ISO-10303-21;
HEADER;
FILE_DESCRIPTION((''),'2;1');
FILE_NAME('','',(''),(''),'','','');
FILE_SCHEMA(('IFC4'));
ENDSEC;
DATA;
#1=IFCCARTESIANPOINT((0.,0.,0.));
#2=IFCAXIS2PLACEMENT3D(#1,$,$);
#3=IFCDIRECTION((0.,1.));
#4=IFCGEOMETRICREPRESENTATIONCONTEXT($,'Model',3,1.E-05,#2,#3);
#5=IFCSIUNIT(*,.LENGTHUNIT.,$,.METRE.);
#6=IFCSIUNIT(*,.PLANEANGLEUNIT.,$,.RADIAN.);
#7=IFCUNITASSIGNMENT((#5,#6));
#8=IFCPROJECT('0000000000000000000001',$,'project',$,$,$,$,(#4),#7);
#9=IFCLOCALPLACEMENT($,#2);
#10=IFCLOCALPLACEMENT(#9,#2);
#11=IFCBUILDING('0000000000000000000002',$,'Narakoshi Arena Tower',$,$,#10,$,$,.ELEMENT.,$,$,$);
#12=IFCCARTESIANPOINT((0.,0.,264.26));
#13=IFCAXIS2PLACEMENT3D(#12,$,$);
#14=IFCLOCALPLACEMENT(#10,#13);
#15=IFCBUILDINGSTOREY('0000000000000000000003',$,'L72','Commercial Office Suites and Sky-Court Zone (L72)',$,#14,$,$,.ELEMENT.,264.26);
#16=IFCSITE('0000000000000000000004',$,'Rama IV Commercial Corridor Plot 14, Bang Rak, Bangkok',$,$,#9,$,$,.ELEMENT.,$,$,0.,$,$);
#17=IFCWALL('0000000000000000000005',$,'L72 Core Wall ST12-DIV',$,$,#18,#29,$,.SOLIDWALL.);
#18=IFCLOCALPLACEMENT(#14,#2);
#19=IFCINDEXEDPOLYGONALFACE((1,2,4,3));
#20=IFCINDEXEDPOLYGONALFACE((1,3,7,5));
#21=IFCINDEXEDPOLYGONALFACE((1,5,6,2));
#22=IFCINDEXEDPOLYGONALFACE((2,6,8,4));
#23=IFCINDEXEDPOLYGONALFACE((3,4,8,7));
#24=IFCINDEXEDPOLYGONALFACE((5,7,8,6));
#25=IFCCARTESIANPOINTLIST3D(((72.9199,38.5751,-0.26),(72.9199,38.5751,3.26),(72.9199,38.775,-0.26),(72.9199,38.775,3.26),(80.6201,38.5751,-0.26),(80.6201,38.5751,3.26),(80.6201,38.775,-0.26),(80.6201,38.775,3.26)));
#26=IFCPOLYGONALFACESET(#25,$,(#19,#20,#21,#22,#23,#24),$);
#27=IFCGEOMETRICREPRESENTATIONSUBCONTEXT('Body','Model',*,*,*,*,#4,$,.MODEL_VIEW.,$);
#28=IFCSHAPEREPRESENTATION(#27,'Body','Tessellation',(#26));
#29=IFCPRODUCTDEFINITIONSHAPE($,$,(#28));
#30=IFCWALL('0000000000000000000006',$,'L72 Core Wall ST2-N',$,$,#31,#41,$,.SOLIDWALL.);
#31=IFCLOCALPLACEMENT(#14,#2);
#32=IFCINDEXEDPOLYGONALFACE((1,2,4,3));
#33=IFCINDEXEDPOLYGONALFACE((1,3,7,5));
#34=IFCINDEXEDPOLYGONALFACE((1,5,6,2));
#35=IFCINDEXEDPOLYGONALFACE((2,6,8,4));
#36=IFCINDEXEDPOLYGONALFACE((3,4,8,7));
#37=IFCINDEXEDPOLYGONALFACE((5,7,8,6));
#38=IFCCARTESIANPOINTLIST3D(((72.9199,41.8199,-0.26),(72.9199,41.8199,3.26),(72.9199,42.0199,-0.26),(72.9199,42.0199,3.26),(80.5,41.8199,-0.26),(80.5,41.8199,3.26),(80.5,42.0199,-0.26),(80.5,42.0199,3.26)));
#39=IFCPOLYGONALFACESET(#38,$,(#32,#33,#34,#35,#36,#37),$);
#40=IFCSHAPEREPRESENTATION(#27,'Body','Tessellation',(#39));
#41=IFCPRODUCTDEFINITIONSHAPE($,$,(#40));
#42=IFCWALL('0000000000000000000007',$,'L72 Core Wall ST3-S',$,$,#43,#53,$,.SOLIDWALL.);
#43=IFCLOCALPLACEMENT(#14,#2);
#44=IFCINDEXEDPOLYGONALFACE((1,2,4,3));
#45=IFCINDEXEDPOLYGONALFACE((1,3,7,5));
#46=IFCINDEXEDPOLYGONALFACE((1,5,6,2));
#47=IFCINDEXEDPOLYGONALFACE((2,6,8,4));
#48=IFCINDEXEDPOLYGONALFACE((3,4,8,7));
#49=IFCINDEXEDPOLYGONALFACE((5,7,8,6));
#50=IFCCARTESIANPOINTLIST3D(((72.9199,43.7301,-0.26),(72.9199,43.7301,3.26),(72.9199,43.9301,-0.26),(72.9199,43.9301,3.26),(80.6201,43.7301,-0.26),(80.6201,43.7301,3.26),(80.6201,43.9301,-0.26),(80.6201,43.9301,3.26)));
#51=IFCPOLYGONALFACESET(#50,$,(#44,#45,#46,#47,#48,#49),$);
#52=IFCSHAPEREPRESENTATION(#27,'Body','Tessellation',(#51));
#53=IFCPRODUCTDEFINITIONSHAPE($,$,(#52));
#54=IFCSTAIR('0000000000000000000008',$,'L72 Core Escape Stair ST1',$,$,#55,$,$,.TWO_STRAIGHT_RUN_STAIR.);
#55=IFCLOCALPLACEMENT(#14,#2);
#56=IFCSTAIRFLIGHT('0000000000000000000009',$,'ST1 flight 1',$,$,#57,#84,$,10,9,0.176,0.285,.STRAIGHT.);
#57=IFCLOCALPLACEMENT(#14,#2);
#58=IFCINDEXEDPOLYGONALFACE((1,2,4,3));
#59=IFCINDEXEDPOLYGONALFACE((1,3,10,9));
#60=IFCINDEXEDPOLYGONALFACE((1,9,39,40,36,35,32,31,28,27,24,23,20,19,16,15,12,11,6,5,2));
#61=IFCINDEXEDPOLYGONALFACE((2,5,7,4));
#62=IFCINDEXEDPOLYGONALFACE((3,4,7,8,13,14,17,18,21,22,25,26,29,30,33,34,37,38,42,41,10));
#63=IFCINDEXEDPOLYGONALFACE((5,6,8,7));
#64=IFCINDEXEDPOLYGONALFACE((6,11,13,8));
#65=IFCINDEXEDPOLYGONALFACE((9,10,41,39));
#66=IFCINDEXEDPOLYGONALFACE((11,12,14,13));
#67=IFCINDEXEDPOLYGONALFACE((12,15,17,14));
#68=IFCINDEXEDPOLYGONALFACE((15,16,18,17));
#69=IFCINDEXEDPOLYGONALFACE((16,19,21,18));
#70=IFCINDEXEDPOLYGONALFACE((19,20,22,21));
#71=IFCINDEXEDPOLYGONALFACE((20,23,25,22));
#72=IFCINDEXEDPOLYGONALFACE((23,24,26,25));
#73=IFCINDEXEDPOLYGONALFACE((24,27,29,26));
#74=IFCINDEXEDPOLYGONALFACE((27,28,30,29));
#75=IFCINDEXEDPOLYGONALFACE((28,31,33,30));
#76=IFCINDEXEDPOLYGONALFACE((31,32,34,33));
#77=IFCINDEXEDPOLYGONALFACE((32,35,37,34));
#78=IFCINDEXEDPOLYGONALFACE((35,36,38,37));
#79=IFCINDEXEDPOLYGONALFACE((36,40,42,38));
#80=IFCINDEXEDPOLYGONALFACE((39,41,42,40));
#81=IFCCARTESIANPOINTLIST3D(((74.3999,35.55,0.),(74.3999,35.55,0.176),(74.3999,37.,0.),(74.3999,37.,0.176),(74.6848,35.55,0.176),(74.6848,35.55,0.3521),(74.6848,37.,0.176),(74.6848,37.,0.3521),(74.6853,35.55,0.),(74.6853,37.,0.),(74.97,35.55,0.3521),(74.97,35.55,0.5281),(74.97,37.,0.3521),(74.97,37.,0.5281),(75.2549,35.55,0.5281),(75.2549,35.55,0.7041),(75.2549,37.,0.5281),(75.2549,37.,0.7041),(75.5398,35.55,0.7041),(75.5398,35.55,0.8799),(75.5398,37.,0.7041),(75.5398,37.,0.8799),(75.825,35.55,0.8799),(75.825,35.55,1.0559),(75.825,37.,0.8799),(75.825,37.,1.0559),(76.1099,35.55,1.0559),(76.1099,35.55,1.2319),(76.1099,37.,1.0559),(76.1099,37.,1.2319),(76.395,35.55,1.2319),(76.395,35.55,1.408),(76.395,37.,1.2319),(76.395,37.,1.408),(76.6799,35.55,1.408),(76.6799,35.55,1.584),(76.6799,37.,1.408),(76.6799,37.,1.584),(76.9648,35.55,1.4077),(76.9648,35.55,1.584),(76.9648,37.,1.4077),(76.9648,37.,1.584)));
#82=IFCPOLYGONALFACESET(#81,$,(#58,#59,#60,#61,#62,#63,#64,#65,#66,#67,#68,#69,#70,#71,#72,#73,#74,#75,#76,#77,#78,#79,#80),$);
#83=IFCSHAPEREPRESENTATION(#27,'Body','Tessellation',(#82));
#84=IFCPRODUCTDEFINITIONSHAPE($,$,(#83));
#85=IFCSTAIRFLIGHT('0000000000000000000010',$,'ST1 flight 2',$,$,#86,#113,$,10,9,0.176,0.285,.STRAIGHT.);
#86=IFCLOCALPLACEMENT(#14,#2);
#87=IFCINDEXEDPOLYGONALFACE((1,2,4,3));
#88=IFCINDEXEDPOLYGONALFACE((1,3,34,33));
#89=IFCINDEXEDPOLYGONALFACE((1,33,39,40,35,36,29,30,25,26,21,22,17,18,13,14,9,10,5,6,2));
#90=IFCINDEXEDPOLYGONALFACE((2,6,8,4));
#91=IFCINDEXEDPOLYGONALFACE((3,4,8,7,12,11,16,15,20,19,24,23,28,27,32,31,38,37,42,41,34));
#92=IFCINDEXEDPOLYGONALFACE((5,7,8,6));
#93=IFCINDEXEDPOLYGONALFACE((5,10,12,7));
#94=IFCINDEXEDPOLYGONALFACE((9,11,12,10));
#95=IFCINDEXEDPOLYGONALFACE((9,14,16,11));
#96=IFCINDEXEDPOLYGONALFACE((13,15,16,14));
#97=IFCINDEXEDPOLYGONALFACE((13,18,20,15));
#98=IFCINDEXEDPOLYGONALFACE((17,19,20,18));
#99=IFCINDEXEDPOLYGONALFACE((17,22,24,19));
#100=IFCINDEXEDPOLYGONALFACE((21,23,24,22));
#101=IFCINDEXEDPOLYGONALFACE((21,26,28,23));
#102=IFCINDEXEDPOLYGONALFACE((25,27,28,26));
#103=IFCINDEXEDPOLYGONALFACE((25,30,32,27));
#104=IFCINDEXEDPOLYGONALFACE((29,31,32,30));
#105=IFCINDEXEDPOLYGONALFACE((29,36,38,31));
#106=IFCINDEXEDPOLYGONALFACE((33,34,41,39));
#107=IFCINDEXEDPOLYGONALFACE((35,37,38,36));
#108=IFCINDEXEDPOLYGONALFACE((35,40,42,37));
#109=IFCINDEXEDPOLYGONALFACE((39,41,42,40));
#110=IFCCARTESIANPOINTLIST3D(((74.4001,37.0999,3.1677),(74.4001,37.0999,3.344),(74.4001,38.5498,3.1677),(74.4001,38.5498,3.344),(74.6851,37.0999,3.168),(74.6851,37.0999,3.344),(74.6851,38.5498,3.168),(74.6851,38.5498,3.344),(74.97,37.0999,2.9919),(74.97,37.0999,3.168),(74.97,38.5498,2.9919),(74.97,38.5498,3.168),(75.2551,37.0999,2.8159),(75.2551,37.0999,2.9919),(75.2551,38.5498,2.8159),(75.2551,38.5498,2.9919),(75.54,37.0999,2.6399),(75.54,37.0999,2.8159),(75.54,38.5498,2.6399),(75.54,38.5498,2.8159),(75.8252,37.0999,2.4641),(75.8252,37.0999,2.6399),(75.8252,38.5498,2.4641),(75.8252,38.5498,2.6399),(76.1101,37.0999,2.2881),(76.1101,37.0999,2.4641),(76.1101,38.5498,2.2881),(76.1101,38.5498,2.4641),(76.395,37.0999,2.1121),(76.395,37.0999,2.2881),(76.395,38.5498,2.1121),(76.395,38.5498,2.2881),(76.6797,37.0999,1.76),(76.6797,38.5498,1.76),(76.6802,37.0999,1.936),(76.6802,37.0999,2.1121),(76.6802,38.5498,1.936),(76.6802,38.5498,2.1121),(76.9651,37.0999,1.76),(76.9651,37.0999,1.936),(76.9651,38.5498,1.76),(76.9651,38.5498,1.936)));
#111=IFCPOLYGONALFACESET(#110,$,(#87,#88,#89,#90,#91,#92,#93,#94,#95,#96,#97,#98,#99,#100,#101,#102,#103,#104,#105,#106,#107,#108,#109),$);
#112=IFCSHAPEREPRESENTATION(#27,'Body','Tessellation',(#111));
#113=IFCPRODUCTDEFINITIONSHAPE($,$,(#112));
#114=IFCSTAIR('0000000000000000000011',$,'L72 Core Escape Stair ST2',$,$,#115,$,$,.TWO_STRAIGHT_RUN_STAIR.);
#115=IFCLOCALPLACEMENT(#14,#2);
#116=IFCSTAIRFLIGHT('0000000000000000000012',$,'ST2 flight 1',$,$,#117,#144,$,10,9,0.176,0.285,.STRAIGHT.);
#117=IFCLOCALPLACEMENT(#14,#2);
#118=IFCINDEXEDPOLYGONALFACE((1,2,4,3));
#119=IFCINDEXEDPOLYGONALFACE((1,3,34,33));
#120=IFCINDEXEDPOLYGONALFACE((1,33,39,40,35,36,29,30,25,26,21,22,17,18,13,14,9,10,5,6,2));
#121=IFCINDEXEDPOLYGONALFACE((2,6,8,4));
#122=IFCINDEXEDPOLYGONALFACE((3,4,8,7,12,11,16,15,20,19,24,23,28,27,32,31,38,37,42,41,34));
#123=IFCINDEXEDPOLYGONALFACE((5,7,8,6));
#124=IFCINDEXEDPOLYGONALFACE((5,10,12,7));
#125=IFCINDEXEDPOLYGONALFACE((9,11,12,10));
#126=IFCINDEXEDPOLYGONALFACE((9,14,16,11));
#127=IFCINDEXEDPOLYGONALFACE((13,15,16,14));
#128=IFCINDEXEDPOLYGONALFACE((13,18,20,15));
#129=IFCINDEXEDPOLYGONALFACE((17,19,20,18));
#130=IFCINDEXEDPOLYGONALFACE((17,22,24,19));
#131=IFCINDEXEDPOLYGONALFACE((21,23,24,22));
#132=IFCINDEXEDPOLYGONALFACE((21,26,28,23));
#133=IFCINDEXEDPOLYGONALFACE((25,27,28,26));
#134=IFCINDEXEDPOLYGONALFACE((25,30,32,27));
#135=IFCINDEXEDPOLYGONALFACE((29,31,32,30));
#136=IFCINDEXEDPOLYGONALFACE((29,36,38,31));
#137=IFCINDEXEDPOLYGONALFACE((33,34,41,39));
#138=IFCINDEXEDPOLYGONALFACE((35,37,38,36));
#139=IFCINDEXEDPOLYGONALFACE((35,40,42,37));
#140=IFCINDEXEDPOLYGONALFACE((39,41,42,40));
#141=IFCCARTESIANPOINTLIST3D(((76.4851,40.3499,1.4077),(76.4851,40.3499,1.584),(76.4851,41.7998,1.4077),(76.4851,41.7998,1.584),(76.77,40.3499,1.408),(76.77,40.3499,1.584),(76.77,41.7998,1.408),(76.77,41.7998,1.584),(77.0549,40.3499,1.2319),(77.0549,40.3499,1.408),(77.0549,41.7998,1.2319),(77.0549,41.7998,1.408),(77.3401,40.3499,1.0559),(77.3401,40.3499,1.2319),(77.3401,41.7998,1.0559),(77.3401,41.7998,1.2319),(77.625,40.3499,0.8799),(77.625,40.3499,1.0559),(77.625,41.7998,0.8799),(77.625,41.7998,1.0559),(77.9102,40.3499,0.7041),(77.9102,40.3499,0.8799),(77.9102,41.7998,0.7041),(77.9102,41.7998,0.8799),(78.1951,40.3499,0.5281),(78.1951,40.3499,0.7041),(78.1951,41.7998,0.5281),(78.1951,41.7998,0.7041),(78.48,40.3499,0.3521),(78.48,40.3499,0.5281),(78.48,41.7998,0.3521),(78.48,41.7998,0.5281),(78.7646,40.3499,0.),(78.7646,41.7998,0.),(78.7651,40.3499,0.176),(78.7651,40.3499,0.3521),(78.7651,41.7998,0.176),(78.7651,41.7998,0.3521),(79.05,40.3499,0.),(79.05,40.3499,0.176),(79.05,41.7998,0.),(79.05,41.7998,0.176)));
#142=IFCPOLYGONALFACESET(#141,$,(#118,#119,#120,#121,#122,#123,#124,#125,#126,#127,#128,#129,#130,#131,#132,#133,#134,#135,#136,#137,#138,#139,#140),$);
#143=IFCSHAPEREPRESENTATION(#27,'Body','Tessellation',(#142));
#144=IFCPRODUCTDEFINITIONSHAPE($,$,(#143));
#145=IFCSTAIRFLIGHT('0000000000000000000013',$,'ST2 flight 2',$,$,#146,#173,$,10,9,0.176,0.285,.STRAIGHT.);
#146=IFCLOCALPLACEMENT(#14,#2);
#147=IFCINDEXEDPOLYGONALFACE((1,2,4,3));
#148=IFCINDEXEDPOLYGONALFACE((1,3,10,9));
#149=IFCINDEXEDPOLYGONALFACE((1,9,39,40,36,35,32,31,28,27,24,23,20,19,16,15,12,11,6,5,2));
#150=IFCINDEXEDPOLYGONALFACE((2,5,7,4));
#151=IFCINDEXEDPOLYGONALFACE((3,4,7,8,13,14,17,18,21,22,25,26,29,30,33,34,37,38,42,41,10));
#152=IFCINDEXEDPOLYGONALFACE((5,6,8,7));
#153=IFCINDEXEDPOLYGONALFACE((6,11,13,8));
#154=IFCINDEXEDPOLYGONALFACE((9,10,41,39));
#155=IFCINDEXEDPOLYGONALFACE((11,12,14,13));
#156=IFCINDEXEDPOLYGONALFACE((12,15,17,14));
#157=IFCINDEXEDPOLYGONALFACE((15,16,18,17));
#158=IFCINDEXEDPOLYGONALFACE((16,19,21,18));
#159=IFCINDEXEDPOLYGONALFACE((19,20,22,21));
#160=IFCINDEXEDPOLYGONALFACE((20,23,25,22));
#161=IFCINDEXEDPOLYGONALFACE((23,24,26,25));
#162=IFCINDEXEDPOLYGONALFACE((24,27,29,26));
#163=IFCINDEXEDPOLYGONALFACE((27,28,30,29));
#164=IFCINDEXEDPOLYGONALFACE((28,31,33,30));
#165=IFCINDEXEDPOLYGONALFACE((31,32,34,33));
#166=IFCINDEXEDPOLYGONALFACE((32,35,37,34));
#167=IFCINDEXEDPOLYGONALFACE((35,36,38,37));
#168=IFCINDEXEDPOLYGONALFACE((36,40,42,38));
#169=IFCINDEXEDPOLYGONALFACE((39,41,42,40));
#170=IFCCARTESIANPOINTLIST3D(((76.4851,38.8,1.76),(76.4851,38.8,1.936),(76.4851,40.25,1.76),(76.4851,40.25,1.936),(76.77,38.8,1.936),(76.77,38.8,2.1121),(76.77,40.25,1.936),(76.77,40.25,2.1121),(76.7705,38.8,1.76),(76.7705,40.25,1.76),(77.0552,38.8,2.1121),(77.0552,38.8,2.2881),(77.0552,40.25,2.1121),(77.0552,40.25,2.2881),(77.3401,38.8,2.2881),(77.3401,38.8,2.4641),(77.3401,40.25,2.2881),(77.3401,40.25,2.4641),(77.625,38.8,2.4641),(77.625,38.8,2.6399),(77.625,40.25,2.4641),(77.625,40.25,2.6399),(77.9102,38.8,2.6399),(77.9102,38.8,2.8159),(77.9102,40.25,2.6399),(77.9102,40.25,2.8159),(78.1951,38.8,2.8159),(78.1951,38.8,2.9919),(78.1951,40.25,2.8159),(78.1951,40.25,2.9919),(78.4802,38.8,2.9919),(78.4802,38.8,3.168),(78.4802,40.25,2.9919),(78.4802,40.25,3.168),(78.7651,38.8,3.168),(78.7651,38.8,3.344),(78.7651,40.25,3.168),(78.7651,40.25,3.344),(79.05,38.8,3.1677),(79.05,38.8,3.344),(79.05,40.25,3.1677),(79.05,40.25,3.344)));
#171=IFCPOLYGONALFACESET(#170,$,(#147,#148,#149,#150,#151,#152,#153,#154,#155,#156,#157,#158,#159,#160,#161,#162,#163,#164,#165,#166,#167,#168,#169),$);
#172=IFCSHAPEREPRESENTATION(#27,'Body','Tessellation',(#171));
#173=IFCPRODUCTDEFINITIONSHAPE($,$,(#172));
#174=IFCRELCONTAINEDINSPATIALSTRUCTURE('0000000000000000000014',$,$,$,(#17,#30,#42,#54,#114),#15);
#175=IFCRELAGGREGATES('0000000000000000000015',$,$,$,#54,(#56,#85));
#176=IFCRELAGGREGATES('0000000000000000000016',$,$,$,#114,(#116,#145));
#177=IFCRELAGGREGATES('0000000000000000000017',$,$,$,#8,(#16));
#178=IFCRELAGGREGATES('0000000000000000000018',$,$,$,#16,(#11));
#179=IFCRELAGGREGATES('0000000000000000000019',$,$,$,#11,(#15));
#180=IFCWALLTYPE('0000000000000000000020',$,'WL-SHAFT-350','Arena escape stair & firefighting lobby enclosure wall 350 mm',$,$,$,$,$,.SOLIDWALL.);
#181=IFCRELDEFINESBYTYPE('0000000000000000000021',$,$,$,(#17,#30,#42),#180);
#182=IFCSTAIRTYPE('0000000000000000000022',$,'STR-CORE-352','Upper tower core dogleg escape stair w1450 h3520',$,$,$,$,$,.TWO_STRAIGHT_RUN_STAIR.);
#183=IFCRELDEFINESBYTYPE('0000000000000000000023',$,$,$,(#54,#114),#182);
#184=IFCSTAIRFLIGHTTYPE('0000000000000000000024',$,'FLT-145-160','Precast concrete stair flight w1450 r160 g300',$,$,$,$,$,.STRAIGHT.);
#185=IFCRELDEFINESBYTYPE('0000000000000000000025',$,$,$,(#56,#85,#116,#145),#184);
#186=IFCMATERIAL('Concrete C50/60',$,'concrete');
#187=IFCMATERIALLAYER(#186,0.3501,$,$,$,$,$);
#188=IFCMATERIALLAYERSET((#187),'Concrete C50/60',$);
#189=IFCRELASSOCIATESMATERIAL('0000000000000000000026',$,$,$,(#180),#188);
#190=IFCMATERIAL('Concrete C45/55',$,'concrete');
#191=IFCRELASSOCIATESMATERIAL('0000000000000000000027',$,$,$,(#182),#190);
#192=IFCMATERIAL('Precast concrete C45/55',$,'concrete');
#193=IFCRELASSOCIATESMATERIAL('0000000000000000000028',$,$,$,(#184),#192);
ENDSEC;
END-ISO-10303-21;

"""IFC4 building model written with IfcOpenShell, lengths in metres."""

from ifc_helpers import new_model, si_unit, direction, frame, frame_2d, origin, place, context, subcontext, project, spatial, polyline, rectangle, outline, extrude, material, layer, layer_set, type_object, element, aggregate, save


model = new_model("IFC4")

# Units and contexts
model_context = context("Model", 3, precision=1e-05, world=origin(), true_north=direction((0.0, 1.0)))
body_context = subcontext(model_context, "Body", "Model", "MODEL_VIEW")
ifc_project = project(units=[si_unit("LENGTHUNIT", "METRE"), si_unit("PLANEANGLEUNIT", "RADIAN")], contexts=[model_context])

# Site, building, storey
site_placement = place(None, origin())
site = spatial("IfcSite", under=ifc_project, at=site_placement, Name="Rama IV Commercial Corridor Plot 14, Bang Rak, Bangkok", CompositionType="ELEMENT", RefElevation=0.0)
building_placement = place(site_placement, origin())
building = spatial("IfcBuilding", under=site, at=building_placement, Name="Narakoshi Arena Tower", CompositionType="ELEMENT")
storey_placement = place(building_placement, frame((0.0, 0.0, 264.26)))
storey = spatial("IfcBuildingStorey", under=building, at=storey_placement, Name="L72", Description="Commercial Office Suites and Sky-Court Zone (L72)", CompositionType="ELEMENT", Elevation=264.26)

# Shared definitions
ifc_material_1 = material(Name="Concrete C50/60", Category="concrete")

# Shared definitions
ifc_material_2 = material(Name="Precast concrete C45/55", Category="concrete")

# Walls
ifc_layer_1 = layer(ifc_material_1, 0.3501)
ifc_layer_set_1 = layer_set([ifc_layer_1], Name="Concrete C50/60")
wall_type_1 = type_object("IfcWallType", Name="WL-SHAFT-350", Description="Arena escape stair & firefighting lobby enclosure wall 350 mm", PredefinedType="SOLIDWALL", material=ifc_layer_set_1)
for number, where, z_axis, x_axis, name in (
    (1, (72.9199, 38.675, -0.26), (0.0, 0.0, 1.0), (1.0, 0.0, 0.0), "L72 Core Wall ST12-DIV"),
):
    element("IfcWall", number, at=place(storey_placement, frame(where, z_axis=z_axis, x_axis=x_axis)), inside=storey, type_object=wall_type_1, Name=name, PredefinedType="SOLIDWALL", context=body_context, shape_type="SweptSolid", body=[
        extrude(rectangle(XDim=7.7002, YDim=0.2, at=frame_2d((3.8501, 0.0))), origin(), (0.0, 0.0, 1.0), 3.52),
    ])
wall_1_placement = place(storey_placement, frame((72.9199, 41.9199, -0.26), z_axis=(0.0, 0.0, 1.0), x_axis=(1.0, 0.0, 0.0)))
element("IfcWall", 2, at=wall_1_placement, inside=storey, type_object=wall_type_1, Name="L72 Core Wall ST2-N", PredefinedType="SOLIDWALL", context=body_context, shape_type="SweptSolid", body=[
    extrude(rectangle(XDim=7.5801, YDim=0.2, at=frame_2d((3.79, 0.0))), origin(), (0.0, 0.0, 1.0), 3.52),
])
wall_2_placement = place(storey_placement, frame((72.9199, 43.8301, -0.26), z_axis=(0.0, 0.0, 1.0), x_axis=(1.0, 0.0, 0.0)))
element("IfcWall", 3, at=wall_2_placement, inside=storey, type_object=wall_type_1, Name="L72 Core Wall ST3-S", PredefinedType="SOLIDWALL", context=body_context, shape_type="SweptSolid", body=[
    extrude(rectangle(XDim=7.7002, YDim=0.2, at=frame_2d((3.8501, 0.0))), origin(), (0.0, 0.0, 1.0), 3.52),
])

# Stairs, stair flights
ifc_material_3 = material(Name="Concrete C45/55", Category="concrete")
stair_type = type_object("IfcStairType", Name="STR-CORE-352", Description="Upper tower core dogleg escape stair w1450 h3520", PredefinedType="TWO_STRAIGHT_RUN_STAIR", material=ifc_material_3)
stair_1_placement = place(storey_placement, origin())
stair_1 = element("IfcStair", 4, at=stair_1_placement, inside=storey, type_object=stair_type, Name="L72 Core Escape Stair ST1", PredefinedType="TWO_STRAIGHT_RUN_STAIR")
stair_flight_type = type_object("IfcStairFlightType", Name="FLT-145-160", Description="Precast concrete stair flight w1450 r160 g300", PredefinedType="STRAIGHT", material=ifc_material_2)
stair_flight_1_placement = place(storey_placement, frame((74.3999, 36.2749, 0.0), z_axis=(0.0, 0.0, 1.0), x_axis=(1.0, 0.0, 0.0)))
stair_flight_1 = element("IfcStairFlight", 5, at=stair_flight_1_placement, type_object=stair_flight_type, Name="ST1 flight 1", NumberOfRisers=10, NumberOfTreads=9, PredefinedType="STRAIGHT", RiserHeight=0.176, TreadLength=0.285, context=body_context, shape_type="SweptSolid", body=[
    extrude(outline(polyline([(0.0, 0.0), (0.0, 0.176), (0.2849, 0.176), (0.2849, 0.3521), (0.5701, 0.3521), (0.5701, 0.5281), (0.855, 0.5281), (0.855, 0.7041), (1.1399, 0.7041), (1.1399, 0.8799), (1.425, 0.8799), (1.425, 1.0559), (1.71, 1.0559), (1.71, 1.2319), (1.9951, 1.2319), (1.9951, 1.408), (2.28, 1.408), (2.28, 1.584), (2.5649, 1.584), (2.5649, 1.76), (2.5649, 1.4077), (0.2854, 0.0), (0.0, 0.0)])), frame((0.0, 0.7251, 0.0), z_axis=(0.0, -1.0, 0.0), x_axis=(1.0, 0.0, 0.0)), (0.0, 0.0, 1.0), 1.45),
])
stair_flight_2_placement = place(storey_placement, frame((76.9651, 37.825, 1.76), z_axis=(0.0, 0.0, 1.0), x_axis=(-1.0, 0.0, 0.0)))
stair_flight_2 = element("IfcStairFlight", 6, at=stair_flight_2_placement, type_object=stair_flight_type, Name="ST1 flight 2", NumberOfRisers=10, NumberOfTreads=9, PredefinedType="STRAIGHT", RiserHeight=0.176, TreadLength=0.285, context=body_context, shape_type="SweptSolid", body=[
    extrude(outline(polyline([(0.0, 0.0), (0.0, 0.176), (0.2849, 0.176), (0.2849, 0.3521), (0.5701, 0.3521), (0.5701, 0.5281), (0.855, 0.5281), (0.855, 0.7041), (1.1399, 0.7041), (1.1399, 0.8799), (1.425, 0.8799), (1.425, 1.0559), (1.71, 1.0559), (1.71, 1.2319), (1.9951, 1.2319), (1.9951, 1.408), (2.28, 1.408), (2.28, 1.584), (2.5649, 1.584), (2.5649, 1.76), (2.5649, 1.4077), (0.2854, 0.0), (0.0, 0.0)])), frame((0.0, 0.7251, 0.0), z_axis=(0.0, -1.0, 0.0), x_axis=(1.0, 0.0, 0.0)), (0.0, 0.0, 1.0), 1.45),
])
aggregate(stair_1, [stair_flight_1, stair_flight_2])
stair_2_placement = place(storey_placement, origin())
stair_2 = element("IfcStair", 7, at=stair_2_placement, inside=storey, type_object=stair_type, Name="L72 Core Escape Stair ST2", PredefinedType="TWO_STRAIGHT_RUN_STAIR")
stair_flight_3_placement = place(storey_placement, frame((79.05, 41.075, 0.0), z_axis=(0.0, 0.0, 1.0), x_axis=(-1.0, 0.0, 0.0)))
stair_flight_3 = element("IfcStairFlight", 8, at=stair_flight_3_placement, type_object=stair_flight_type, Name="ST2 flight 1", NumberOfRisers=10, NumberOfTreads=9, PredefinedType="STRAIGHT", RiserHeight=0.176, TreadLength=0.285, context=body_context, shape_type="SweptSolid", body=[
    extrude(outline(polyline([(0.0, 0.0), (0.0, 0.176), (0.2849, 0.176), (0.2849, 0.3521), (0.5701, 0.3521), (0.5701, 0.5281), (0.855, 0.5281), (0.855, 0.7041), (1.1399, 0.7041), (1.1399, 0.8799), (1.425, 0.8799), (1.425, 1.0559), (1.71, 1.0559), (1.71, 1.2319), (1.9951, 1.2319), (1.9951, 1.408), (2.28, 1.408), (2.28, 1.584), (2.5649, 1.584), (2.5649, 1.76), (2.5649, 1.4077), (0.2854, 0.0), (0.0, 0.0)])), frame((0.0, 0.7251, 0.0), z_axis=(0.0, -1.0, 0.0), x_axis=(1.0, 0.0, 0.0)), (0.0, 0.0, 1.0), 1.45),
])
stair_flight_4_placement = place(storey_placement, frame((76.4851, 39.5249, 1.76), z_axis=(0.0, 0.0, 1.0), x_axis=(1.0, 0.0, 0.0)))
stair_flight_4 = element("IfcStairFlight", 9, at=stair_flight_4_placement, type_object=stair_flight_type, Name="ST2 flight 2", NumberOfRisers=10, NumberOfTreads=9, PredefinedType="STRAIGHT", RiserHeight=0.176, TreadLength=0.285, context=body_context, shape_type="SweptSolid", body=[
    extrude(outline(polyline([(0.0, 0.0), (0.0, 0.176), (0.2849, 0.176), (0.2849, 0.3521), (0.5701, 0.3521), (0.5701, 0.5281), (0.855, 0.5281), (0.855, 0.7041), (1.1399, 0.7041), (1.1399, 0.8799), (1.425, 0.8799), (1.425, 1.0559), (1.71, 1.0559), (1.71, 1.2319), (1.9951, 1.2319), (1.9951, 1.408), (2.28, 1.408), (2.28, 1.584), (2.5649, 1.584), (2.5649, 1.76), (2.5649, 1.4077), (0.2854, 0.0), (0.0, 0.0)])), frame((0.0, 0.7251, 0.0), z_axis=(0.0, -1.0, 0.0), x_axis=(1.0, 0.0, 0.0)), (0.0, 0.0, 1.0), 1.45),
])
aggregate(stair_2, [stair_flight_3, stair_flight_4])

save(model, "model.ifc")
